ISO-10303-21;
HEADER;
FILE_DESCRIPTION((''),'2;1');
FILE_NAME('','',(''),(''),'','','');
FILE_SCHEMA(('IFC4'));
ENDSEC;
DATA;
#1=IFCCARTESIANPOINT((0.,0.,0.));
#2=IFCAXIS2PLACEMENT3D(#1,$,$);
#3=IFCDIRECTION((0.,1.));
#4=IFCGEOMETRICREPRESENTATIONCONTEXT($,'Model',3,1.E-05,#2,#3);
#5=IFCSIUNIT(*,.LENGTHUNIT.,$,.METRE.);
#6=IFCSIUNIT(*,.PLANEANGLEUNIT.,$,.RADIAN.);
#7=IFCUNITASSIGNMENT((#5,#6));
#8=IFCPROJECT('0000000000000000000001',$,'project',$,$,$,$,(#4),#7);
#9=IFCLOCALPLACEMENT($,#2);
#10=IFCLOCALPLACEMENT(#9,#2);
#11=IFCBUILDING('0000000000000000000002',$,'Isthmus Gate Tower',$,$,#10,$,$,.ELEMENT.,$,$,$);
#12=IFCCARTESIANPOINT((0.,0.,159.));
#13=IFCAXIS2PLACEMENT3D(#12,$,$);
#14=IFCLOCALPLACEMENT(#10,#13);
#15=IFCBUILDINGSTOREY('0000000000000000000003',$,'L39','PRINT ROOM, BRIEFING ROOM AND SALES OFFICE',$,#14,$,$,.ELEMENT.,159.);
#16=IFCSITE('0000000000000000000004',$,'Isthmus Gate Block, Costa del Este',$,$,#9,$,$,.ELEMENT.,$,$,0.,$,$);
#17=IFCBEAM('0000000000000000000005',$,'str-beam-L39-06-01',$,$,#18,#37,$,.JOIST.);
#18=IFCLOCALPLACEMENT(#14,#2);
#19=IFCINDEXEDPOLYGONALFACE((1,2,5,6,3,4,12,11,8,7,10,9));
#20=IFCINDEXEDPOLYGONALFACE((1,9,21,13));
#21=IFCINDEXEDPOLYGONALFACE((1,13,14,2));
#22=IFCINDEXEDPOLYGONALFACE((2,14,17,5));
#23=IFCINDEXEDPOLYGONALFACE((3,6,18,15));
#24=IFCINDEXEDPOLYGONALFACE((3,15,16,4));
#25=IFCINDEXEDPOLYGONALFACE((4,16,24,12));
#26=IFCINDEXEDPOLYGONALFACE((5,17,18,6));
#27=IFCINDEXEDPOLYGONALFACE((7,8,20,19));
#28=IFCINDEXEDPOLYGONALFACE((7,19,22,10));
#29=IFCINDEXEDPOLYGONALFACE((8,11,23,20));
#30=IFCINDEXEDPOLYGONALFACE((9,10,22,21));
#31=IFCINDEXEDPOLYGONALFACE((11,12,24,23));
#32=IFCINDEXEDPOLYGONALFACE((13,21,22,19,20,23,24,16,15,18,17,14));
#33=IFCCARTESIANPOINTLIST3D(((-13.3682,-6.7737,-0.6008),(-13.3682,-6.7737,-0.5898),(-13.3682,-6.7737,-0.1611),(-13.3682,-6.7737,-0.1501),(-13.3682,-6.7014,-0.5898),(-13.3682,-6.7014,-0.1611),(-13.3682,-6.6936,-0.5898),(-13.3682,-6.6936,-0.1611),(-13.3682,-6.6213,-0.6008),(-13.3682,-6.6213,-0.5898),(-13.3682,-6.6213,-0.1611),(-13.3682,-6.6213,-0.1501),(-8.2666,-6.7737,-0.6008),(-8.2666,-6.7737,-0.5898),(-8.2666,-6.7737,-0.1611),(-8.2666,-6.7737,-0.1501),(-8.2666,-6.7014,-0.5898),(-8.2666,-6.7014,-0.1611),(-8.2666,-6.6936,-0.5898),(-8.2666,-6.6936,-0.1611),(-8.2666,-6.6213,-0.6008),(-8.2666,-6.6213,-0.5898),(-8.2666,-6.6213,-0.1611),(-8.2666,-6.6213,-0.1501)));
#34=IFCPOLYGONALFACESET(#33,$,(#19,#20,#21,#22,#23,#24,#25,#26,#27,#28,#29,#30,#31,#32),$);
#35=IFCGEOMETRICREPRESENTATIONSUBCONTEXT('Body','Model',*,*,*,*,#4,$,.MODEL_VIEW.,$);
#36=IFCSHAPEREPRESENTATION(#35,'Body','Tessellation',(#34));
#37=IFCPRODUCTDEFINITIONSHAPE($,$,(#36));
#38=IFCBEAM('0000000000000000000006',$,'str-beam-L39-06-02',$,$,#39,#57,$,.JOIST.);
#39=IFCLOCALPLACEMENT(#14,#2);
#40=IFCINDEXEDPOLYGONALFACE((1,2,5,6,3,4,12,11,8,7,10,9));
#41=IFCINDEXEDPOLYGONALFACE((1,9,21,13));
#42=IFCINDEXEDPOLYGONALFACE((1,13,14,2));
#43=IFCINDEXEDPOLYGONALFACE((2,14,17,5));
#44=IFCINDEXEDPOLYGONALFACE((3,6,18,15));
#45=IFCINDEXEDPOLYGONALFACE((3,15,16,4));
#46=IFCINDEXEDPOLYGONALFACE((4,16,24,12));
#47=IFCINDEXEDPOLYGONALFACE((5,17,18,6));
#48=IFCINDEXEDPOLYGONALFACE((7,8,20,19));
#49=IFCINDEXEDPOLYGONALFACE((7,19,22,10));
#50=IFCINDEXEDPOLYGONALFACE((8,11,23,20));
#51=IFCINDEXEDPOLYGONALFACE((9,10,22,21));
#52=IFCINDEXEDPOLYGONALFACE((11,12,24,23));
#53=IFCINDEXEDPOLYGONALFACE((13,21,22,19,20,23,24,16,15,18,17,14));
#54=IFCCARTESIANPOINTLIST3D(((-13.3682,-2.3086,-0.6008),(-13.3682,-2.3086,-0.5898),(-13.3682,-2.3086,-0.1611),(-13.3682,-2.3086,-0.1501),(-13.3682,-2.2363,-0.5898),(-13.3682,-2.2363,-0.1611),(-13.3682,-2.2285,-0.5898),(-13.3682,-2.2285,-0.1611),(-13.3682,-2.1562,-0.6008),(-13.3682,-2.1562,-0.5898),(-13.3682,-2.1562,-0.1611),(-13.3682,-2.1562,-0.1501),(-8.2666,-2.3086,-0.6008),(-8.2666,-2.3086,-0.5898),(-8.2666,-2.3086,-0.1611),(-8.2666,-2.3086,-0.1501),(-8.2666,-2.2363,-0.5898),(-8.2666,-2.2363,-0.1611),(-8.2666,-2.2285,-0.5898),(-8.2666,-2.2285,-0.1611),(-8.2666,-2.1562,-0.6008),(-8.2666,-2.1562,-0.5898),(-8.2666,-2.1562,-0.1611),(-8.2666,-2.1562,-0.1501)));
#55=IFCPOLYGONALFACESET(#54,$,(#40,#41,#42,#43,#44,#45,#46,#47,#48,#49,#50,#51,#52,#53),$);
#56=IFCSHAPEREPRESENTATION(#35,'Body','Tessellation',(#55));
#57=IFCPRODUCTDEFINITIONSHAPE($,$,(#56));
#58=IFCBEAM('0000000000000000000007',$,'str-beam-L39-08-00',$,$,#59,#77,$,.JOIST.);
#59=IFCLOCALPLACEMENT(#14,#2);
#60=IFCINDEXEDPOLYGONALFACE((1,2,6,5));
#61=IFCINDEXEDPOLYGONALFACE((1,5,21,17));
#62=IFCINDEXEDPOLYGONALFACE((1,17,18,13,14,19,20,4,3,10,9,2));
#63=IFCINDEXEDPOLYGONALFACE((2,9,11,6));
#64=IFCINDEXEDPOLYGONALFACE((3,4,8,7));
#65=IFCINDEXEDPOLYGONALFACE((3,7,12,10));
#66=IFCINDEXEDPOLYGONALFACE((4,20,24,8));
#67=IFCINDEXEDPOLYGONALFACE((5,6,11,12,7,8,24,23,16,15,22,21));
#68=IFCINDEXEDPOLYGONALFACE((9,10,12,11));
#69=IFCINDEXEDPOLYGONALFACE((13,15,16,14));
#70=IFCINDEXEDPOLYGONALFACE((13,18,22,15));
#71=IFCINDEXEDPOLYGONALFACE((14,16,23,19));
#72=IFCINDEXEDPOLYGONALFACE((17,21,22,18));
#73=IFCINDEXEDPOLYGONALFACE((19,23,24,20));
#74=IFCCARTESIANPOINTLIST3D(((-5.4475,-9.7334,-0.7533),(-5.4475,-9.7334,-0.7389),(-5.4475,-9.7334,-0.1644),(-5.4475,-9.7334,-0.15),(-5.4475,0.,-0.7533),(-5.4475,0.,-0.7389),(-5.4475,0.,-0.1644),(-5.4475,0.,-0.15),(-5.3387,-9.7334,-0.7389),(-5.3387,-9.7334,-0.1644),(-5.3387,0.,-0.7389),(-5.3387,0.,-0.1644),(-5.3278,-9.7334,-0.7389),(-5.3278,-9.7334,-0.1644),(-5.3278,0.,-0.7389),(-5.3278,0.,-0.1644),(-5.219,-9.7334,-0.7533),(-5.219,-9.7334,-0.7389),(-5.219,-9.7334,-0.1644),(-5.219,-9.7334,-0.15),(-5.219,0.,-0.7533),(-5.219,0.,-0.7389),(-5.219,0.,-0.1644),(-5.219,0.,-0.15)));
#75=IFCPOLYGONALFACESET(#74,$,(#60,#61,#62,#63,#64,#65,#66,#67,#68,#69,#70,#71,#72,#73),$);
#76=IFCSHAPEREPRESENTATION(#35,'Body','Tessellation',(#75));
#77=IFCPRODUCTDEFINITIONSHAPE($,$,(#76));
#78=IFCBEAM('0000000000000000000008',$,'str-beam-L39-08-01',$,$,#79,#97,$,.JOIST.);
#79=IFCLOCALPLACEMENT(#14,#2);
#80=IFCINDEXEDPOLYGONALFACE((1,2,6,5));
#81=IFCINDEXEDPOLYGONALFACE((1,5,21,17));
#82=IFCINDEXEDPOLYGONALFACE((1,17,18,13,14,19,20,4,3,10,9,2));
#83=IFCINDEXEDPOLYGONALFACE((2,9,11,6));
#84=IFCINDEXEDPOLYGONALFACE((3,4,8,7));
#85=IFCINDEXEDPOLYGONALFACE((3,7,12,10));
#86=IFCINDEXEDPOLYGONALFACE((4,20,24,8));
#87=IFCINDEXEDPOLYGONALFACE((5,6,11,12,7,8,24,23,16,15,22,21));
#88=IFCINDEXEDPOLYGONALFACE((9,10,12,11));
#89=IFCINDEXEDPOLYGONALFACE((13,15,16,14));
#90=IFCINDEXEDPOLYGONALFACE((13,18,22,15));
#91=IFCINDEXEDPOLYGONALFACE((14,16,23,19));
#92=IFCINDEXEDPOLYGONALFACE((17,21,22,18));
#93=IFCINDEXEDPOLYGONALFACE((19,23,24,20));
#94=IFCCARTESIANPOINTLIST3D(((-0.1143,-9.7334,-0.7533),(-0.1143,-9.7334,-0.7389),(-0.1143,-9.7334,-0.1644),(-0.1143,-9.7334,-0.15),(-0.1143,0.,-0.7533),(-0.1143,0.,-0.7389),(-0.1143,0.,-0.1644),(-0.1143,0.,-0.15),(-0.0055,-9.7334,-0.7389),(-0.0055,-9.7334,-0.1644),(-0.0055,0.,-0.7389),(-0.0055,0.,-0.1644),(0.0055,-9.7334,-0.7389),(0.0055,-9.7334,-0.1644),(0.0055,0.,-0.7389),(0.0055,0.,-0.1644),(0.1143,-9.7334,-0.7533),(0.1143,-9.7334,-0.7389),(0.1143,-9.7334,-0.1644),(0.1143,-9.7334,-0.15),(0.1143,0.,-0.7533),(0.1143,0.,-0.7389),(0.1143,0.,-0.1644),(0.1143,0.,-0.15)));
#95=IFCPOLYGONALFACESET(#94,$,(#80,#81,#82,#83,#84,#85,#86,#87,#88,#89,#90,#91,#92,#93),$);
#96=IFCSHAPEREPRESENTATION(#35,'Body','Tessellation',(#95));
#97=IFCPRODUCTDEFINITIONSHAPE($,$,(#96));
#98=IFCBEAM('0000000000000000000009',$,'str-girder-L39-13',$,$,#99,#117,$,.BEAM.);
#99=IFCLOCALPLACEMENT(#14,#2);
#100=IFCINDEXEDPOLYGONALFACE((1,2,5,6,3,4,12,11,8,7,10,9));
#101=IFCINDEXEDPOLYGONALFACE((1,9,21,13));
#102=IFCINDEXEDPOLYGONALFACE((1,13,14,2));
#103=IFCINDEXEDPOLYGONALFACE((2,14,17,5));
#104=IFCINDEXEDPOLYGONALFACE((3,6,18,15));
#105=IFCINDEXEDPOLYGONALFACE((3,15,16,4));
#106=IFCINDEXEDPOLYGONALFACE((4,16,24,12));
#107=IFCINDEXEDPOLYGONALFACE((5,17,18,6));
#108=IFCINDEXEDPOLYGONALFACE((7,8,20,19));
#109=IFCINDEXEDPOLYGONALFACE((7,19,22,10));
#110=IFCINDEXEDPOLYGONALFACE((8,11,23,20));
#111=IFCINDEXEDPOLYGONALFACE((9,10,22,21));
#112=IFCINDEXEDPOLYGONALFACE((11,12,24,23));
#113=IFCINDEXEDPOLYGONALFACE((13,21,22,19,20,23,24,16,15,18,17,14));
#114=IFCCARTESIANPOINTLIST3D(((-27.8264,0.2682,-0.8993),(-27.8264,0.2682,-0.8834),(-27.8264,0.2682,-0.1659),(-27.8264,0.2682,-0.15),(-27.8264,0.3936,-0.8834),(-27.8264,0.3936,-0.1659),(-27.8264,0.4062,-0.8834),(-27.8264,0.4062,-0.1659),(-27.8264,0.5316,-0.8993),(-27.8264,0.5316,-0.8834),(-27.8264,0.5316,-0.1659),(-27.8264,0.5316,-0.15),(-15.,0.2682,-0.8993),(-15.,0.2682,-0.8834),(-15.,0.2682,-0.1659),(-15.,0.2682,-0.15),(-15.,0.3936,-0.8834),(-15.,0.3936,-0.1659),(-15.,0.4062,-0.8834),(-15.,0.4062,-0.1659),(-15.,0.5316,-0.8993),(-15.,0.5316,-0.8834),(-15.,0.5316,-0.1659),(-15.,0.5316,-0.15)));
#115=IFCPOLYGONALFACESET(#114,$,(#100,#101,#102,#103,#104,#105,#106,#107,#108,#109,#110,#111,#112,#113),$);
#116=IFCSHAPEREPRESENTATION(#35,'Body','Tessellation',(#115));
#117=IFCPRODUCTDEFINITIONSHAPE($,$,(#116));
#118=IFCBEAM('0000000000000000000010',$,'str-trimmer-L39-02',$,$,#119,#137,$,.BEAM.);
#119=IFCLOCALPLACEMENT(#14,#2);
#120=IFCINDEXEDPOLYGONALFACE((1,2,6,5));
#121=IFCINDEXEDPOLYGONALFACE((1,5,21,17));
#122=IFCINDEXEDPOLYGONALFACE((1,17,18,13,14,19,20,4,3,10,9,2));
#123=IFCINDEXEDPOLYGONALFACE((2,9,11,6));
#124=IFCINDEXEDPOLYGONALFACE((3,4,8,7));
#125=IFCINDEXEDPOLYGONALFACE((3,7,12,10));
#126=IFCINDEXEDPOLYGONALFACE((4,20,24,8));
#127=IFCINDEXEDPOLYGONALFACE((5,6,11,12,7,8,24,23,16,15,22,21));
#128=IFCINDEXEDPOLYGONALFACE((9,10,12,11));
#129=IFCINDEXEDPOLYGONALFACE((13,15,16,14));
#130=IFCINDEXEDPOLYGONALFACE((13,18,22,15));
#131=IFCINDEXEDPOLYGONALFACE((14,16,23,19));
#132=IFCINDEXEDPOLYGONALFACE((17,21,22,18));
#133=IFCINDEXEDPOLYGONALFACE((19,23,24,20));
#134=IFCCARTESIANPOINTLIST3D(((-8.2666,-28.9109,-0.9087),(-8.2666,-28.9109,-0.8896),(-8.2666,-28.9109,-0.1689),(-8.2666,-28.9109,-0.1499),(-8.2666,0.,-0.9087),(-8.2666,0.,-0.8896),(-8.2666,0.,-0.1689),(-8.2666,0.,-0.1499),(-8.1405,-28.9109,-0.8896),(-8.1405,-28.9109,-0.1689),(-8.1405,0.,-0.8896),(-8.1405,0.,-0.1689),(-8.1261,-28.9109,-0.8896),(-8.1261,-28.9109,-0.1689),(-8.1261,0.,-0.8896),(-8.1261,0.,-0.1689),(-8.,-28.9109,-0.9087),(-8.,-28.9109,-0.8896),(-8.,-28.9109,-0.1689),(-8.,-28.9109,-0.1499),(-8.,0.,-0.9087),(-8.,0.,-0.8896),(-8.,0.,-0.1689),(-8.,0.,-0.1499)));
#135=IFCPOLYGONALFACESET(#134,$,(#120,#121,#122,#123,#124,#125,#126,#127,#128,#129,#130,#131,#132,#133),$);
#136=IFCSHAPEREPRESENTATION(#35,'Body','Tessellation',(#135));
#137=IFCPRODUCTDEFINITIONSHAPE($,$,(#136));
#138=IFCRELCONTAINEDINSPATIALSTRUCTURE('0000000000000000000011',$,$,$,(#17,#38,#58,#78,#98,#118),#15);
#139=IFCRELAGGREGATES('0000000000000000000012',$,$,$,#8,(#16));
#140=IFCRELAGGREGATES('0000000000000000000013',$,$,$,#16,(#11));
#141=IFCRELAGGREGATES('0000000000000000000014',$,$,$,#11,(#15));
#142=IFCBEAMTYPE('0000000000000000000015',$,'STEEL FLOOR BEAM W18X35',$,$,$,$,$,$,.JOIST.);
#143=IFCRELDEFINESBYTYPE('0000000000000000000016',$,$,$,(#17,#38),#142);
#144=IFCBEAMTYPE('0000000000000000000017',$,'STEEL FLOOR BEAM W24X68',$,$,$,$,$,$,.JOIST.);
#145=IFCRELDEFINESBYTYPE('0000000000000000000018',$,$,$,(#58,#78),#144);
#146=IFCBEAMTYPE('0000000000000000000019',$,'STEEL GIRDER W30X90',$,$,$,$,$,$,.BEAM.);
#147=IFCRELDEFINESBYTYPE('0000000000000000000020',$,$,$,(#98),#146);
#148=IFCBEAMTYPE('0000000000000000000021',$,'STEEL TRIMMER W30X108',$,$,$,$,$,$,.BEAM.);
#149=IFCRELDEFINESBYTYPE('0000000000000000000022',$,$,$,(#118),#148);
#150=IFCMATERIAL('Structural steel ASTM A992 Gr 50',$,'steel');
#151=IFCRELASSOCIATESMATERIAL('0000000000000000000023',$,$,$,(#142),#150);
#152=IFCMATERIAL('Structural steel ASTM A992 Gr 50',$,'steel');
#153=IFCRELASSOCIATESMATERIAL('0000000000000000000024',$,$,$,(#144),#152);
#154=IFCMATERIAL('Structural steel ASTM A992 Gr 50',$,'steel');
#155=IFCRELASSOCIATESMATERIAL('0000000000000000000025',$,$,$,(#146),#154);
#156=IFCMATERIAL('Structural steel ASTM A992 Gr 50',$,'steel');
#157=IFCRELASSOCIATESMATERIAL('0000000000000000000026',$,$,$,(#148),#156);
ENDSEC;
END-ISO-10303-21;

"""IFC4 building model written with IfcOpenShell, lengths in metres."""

from ifc_helpers import new_model, si_unit, direction, frame, origin, origin_2d, place, context, subcontext, project, spatial, i_section, extrude, material, material_profile, profile_set, type_object, element, save


model = new_model("IFC4")

# Units and contexts
model_context = context("Model", 3, precision=1e-05, world=origin(), true_north=direction((0.0, 1.0)))
body_context = subcontext(model_context, "Body", "Model", "MODEL_VIEW")
ifc_project = project(units=[si_unit("LENGTHUNIT", "METRE"), si_unit("PLANEANGLEUNIT", "RADIAN")], contexts=[model_context])

# Site, building, storey
site_placement = place(None, origin())
site = spatial("IfcSite", under=ifc_project, at=site_placement, Name="Isthmus Gate Block, Costa del Este", CompositionType="ELEMENT", RefElevation=0.0)
building_placement = place(site_placement, origin())
building = spatial("IfcBuilding", under=site, at=building_placement, Name="Isthmus Gate Tower", CompositionType="ELEMENT")
storey_placement = place(building_placement, frame((0.0, 0.0, 159.0)))
storey = spatial("IfcBuildingStorey", under=building, at=storey_placement, Name="L39", Description="PRINT ROOM, BRIEFING ROOM AND SALES OFFICE", CompositionType="ELEMENT", Elevation=159.0)

# Beams
ifc_material_1 = material(Name="Structural steel ASTM A992 Gr 50", Category="steel")
ifc_material_profile_1 = material_profile(ifc_material_1, i_section(OverallWidth=0.1523, OverallDepth=0.4507, WebThickness=0.0078, FlangeThickness=0.011, at=origin_2d()), Name="W18X35")
ifc_profile_set_1 = profile_set([ifc_material_profile_1], Name="Structural steel ASTM A992 Gr 50")
beam_type_1 = type_object("IfcBeamType", Name="STEEL FLOOR BEAM W18X35", PredefinedType="JOIST", material=ifc_profile_set_1)
for number, where, z_axis, x_axis, name in (
    (1, (-13.3682, -6.6975, -0.3755), (1.0, 0.0, 0.0), (0.0, 1.0, 0.0), "str-beam-L39-06-01"),
    (2, (-13.3682, -2.2324, -0.3755), (1.0, 0.0, 0.0), (0.0, 1.0, 0.0), "str-beam-L39-06-02"),
):
    element("IfcBeam", number, at=place(storey_placement, frame(where, z_axis=z_axis, x_axis=x_axis)), inside=storey, type_object=beam_type_1, Name=name, PredefinedType="JOIST", context=body_context, shape_type="SweptSolid", body=[
        extrude(i_section(OverallWidth=0.1523, OverallDepth=0.4507, WebThickness=0.0078, FlangeThickness=0.011, at=origin_2d()), origin(), (0.0, 0.0, 1.0), 5.1016),
    ])
ifc_material_2 = material(Name="Structural steel ASTM A992 Gr 50", Category="steel")
ifc_material_profile_2 = material_profile(ifc_material_2, i_section(OverallWidth=0.2285, OverallDepth=0.6033, WebThickness=0.011, FlangeThickness=0.0144, at=origin_2d()), Name="W24X68")
ifc_profile_set_2 = profile_set([ifc_material_profile_2], Name="Structural steel ASTM A992 Gr 50")
beam_type_2 = type_object("IfcBeamType", Name="STEEL FLOOR BEAM W24X68", PredefinedType="JOIST", material=ifc_profile_set_2)
for number, where, z_axis, x_axis, name in (
    (3, (-5.3333, -9.7334, -0.4517), (0.0, 1.0, 0.0), (-1.0, 0.0, 0.0), "str-beam-L39-08-00"),
    (4, (0.0, -9.7334, -0.4517), (0.0, 1.0, 0.0), (-1.0, 0.0, 0.0), "str-beam-L39-08-01"),
):
    element("IfcBeam", number, at=place(storey_placement, frame(where, z_axis=z_axis, x_axis=x_axis)), inside=storey, type_object=beam_type_2, Name=name, PredefinedType="JOIST", context=body_context, shape_type="SweptSolid", body=[
        extrude(i_section(OverallWidth=0.2285, OverallDepth=0.6033, WebThickness=0.011, FlangeThickness=0.0144, at=origin_2d()), origin(), (0.0, 0.0, 1.0), 9.7334),
    ])
ifc_material_3 = material(Name="Structural steel ASTM A992 Gr 50", Category="steel")
ifc_material_profile_3 = material_profile(ifc_material_3, i_section(OverallWidth=0.2634, OverallDepth=0.7493, WebThickness=0.0127, FlangeThickness=0.0159, at=origin_2d()), Name="W30X90")
ifc_profile_set_3 = profile_set([ifc_material_profile_3], Name="Structural steel ASTM A992 Gr 50")
beam_type_3 = type_object("IfcBeamType", Name="STEEL GIRDER W30X90", PredefinedType="BEAM", material=ifc_profile_set_3)
beam_1_placement = place(storey_placement, frame((-15.0, 0.3999, -0.5247), z_axis=(-1.0, 0.0, 0.0), x_axis=(0.0, -1.0, 0.0)))
element("IfcBeam", 5, at=beam_1_placement, inside=storey, type_object=beam_type_3, Name="str-girder-L39-13", PredefinedType="BEAM", context=body_context, shape_type="SweptSolid", body=[
    extrude(i_section(OverallWidth=0.2634, OverallDepth=0.7493, WebThickness=0.0127, FlangeThickness=0.0159, at=origin_2d()), origin(), (0.0, 0.0, 1.0), 12.8264),
])
ifc_material_4 = material(Name="Structural steel ASTM A992 Gr 50", Category="steel")
ifc_material_profile_4 = material_profile(ifc_material_4, i_section(OverallWidth=0.2666, OverallDepth=0.7588, WebThickness=0.0144, FlangeThickness=0.019, at=origin_2d()), Name="W30X108")
ifc_profile_set_4 = profile_set([ifc_material_profile_4], Name="Structural steel ASTM A992 Gr 50")
beam_type_4 = type_object("IfcBeamType", Name="STEEL TRIMMER W30X108", PredefinedType="BEAM", material=ifc_profile_set_4)
beam_2_placement = place(storey_placement, frame((-8.1333, 0.0, -0.5293), z_axis=(0.0, -1.0, 0.0), x_axis=(1.0, 0.0, 0.0)))
element("IfcBeam", 6, at=beam_2_placement, inside=storey, type_object=beam_type_4, Name="str-trimmer-L39-02", PredefinedType="BEAM", context=body_context, shape_type="SweptSolid", body=[
    extrude(i_section(OverallWidth=0.2666, OverallDepth=0.7588, WebThickness=0.0144, FlangeThickness=0.019, at=origin_2d()), origin(), (0.0, 0.0, 1.0), 28.9109),
])

save(model, "model.ifc")
